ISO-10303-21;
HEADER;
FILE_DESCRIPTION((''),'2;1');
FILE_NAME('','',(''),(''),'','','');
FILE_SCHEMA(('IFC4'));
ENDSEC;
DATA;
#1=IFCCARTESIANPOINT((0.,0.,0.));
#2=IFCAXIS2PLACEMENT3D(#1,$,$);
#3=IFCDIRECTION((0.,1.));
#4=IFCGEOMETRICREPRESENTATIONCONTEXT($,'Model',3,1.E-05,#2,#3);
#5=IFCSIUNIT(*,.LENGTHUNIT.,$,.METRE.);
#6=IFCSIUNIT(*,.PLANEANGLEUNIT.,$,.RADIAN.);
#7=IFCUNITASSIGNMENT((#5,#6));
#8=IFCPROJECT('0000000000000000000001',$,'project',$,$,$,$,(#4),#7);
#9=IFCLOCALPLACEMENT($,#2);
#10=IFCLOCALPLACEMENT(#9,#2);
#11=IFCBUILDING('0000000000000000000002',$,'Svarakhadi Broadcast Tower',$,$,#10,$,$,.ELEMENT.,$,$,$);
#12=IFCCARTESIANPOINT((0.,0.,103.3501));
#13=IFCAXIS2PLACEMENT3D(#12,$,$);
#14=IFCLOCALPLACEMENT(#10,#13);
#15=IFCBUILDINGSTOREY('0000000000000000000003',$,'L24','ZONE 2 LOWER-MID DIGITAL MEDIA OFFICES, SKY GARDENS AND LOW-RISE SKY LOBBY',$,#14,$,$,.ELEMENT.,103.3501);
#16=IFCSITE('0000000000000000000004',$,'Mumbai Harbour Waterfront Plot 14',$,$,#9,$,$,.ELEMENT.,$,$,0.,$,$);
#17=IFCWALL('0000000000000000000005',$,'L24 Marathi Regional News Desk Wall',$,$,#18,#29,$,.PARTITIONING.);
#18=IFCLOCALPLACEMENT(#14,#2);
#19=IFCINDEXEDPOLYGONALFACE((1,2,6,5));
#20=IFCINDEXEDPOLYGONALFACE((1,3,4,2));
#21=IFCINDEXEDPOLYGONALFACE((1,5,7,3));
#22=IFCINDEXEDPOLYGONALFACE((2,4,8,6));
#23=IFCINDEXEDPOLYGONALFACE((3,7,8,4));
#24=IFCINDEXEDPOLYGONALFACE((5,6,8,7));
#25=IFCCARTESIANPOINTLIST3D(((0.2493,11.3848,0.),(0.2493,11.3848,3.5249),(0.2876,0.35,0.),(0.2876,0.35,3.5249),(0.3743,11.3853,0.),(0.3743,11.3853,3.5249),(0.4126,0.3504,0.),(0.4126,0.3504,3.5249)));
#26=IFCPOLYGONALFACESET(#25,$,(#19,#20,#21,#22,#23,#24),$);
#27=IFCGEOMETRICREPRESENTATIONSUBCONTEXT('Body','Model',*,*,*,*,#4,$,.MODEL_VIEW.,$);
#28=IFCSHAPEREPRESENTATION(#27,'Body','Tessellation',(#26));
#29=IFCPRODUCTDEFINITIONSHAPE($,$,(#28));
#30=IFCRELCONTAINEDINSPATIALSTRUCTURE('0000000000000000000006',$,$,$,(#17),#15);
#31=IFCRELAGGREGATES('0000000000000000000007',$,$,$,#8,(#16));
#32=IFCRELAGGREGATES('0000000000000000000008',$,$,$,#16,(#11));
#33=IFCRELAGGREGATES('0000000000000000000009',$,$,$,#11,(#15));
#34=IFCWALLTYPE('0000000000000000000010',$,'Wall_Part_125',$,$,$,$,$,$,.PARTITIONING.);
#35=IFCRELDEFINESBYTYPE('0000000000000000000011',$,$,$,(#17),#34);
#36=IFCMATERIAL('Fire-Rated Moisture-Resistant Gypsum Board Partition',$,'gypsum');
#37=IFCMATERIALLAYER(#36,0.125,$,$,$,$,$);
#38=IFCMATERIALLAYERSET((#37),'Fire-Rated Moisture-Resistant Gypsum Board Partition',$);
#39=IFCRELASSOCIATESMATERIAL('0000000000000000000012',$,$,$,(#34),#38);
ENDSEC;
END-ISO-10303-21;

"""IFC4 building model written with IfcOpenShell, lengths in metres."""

from ifc_helpers import new_model, si_unit, direction, frame, frame_2d, origin, place, context, subcontext, project, spatial, rectangle, extrude, material, layer, layer_set, type_object, element, save


model = new_model("IFC4")

# Units and contexts
model_context = context("Model", 3, precision=1e-05, world=origin(), true_north=direction((0.0, 1.0)))
body_context = subcontext(model_context, "Body", "Model", "MODEL_VIEW")
ifc_project = project(units=[si_unit("LENGTHUNIT", "METRE"), si_unit("PLANEANGLEUNIT", "RADIAN")], contexts=[model_context])

# Site, building, storey
site_placement = place(None, origin())
site = spatial("IfcSite", under=ifc_project, at=site_placement, Name="Mumbai Harbour Waterfront Plot 14", CompositionType="ELEMENT", RefElevation=0.0)
building_placement = place(site_placement, origin())
building = spatial("IfcBuilding", under=site, at=building_placement, Name="Svarakhadi Broadcast Tower", CompositionType="ELEMENT")
storey_placement = place(building_placement, frame((0.0, 0.0, 103.3501)))
storey = spatial("IfcBuildingStorey", under=building, at=storey_placement, Name="L24", Description="ZONE 2 LOWER-MID DIGITAL MEDIA OFFICES, SKY GARDENS AND LOW-RISE SKY LOBBY", CompositionType="ELEMENT", Elevation=103.3501)

# Wall
ifc_material_1 = material(Name="Fire-Rated Moisture-Resistant Gypsum Board Partition", Category="gypsum")
ifc_layer_1 = layer(ifc_material_1, 0.125)
ifc_layer_set_1 = layer_set([ifc_layer_1], Name="Fire-Rated Moisture-Resistant Gypsum Board Partition")
wall_type = type_object("IfcWallType", Name="Wall_Part_125", PredefinedType="PARTITIONING", material=ifc_layer_set_1)
wall_placement = place(storey_placement, frame((0.3501, 0.3501, 0.0), z_axis=(0.0, 0.0, 1.0), x_axis=(-0.003474, 0.999994, 0.0)))
element("IfcWall", 1, at=wall_placement, inside=storey, type_object=wall_type, Name="L24 Marathi Regional News Desk Wall", PredefinedType="PARTITIONING", context=body_context, shape_type="SweptSolid", body=[
    extrude(rectangle(XDim=11.0349, YDim=0.125, at=frame_2d((5.5176, 0.0))), origin(), (0.0, 0.0, 1.0), 3.5249),
])

save(model, "model.ifc")
